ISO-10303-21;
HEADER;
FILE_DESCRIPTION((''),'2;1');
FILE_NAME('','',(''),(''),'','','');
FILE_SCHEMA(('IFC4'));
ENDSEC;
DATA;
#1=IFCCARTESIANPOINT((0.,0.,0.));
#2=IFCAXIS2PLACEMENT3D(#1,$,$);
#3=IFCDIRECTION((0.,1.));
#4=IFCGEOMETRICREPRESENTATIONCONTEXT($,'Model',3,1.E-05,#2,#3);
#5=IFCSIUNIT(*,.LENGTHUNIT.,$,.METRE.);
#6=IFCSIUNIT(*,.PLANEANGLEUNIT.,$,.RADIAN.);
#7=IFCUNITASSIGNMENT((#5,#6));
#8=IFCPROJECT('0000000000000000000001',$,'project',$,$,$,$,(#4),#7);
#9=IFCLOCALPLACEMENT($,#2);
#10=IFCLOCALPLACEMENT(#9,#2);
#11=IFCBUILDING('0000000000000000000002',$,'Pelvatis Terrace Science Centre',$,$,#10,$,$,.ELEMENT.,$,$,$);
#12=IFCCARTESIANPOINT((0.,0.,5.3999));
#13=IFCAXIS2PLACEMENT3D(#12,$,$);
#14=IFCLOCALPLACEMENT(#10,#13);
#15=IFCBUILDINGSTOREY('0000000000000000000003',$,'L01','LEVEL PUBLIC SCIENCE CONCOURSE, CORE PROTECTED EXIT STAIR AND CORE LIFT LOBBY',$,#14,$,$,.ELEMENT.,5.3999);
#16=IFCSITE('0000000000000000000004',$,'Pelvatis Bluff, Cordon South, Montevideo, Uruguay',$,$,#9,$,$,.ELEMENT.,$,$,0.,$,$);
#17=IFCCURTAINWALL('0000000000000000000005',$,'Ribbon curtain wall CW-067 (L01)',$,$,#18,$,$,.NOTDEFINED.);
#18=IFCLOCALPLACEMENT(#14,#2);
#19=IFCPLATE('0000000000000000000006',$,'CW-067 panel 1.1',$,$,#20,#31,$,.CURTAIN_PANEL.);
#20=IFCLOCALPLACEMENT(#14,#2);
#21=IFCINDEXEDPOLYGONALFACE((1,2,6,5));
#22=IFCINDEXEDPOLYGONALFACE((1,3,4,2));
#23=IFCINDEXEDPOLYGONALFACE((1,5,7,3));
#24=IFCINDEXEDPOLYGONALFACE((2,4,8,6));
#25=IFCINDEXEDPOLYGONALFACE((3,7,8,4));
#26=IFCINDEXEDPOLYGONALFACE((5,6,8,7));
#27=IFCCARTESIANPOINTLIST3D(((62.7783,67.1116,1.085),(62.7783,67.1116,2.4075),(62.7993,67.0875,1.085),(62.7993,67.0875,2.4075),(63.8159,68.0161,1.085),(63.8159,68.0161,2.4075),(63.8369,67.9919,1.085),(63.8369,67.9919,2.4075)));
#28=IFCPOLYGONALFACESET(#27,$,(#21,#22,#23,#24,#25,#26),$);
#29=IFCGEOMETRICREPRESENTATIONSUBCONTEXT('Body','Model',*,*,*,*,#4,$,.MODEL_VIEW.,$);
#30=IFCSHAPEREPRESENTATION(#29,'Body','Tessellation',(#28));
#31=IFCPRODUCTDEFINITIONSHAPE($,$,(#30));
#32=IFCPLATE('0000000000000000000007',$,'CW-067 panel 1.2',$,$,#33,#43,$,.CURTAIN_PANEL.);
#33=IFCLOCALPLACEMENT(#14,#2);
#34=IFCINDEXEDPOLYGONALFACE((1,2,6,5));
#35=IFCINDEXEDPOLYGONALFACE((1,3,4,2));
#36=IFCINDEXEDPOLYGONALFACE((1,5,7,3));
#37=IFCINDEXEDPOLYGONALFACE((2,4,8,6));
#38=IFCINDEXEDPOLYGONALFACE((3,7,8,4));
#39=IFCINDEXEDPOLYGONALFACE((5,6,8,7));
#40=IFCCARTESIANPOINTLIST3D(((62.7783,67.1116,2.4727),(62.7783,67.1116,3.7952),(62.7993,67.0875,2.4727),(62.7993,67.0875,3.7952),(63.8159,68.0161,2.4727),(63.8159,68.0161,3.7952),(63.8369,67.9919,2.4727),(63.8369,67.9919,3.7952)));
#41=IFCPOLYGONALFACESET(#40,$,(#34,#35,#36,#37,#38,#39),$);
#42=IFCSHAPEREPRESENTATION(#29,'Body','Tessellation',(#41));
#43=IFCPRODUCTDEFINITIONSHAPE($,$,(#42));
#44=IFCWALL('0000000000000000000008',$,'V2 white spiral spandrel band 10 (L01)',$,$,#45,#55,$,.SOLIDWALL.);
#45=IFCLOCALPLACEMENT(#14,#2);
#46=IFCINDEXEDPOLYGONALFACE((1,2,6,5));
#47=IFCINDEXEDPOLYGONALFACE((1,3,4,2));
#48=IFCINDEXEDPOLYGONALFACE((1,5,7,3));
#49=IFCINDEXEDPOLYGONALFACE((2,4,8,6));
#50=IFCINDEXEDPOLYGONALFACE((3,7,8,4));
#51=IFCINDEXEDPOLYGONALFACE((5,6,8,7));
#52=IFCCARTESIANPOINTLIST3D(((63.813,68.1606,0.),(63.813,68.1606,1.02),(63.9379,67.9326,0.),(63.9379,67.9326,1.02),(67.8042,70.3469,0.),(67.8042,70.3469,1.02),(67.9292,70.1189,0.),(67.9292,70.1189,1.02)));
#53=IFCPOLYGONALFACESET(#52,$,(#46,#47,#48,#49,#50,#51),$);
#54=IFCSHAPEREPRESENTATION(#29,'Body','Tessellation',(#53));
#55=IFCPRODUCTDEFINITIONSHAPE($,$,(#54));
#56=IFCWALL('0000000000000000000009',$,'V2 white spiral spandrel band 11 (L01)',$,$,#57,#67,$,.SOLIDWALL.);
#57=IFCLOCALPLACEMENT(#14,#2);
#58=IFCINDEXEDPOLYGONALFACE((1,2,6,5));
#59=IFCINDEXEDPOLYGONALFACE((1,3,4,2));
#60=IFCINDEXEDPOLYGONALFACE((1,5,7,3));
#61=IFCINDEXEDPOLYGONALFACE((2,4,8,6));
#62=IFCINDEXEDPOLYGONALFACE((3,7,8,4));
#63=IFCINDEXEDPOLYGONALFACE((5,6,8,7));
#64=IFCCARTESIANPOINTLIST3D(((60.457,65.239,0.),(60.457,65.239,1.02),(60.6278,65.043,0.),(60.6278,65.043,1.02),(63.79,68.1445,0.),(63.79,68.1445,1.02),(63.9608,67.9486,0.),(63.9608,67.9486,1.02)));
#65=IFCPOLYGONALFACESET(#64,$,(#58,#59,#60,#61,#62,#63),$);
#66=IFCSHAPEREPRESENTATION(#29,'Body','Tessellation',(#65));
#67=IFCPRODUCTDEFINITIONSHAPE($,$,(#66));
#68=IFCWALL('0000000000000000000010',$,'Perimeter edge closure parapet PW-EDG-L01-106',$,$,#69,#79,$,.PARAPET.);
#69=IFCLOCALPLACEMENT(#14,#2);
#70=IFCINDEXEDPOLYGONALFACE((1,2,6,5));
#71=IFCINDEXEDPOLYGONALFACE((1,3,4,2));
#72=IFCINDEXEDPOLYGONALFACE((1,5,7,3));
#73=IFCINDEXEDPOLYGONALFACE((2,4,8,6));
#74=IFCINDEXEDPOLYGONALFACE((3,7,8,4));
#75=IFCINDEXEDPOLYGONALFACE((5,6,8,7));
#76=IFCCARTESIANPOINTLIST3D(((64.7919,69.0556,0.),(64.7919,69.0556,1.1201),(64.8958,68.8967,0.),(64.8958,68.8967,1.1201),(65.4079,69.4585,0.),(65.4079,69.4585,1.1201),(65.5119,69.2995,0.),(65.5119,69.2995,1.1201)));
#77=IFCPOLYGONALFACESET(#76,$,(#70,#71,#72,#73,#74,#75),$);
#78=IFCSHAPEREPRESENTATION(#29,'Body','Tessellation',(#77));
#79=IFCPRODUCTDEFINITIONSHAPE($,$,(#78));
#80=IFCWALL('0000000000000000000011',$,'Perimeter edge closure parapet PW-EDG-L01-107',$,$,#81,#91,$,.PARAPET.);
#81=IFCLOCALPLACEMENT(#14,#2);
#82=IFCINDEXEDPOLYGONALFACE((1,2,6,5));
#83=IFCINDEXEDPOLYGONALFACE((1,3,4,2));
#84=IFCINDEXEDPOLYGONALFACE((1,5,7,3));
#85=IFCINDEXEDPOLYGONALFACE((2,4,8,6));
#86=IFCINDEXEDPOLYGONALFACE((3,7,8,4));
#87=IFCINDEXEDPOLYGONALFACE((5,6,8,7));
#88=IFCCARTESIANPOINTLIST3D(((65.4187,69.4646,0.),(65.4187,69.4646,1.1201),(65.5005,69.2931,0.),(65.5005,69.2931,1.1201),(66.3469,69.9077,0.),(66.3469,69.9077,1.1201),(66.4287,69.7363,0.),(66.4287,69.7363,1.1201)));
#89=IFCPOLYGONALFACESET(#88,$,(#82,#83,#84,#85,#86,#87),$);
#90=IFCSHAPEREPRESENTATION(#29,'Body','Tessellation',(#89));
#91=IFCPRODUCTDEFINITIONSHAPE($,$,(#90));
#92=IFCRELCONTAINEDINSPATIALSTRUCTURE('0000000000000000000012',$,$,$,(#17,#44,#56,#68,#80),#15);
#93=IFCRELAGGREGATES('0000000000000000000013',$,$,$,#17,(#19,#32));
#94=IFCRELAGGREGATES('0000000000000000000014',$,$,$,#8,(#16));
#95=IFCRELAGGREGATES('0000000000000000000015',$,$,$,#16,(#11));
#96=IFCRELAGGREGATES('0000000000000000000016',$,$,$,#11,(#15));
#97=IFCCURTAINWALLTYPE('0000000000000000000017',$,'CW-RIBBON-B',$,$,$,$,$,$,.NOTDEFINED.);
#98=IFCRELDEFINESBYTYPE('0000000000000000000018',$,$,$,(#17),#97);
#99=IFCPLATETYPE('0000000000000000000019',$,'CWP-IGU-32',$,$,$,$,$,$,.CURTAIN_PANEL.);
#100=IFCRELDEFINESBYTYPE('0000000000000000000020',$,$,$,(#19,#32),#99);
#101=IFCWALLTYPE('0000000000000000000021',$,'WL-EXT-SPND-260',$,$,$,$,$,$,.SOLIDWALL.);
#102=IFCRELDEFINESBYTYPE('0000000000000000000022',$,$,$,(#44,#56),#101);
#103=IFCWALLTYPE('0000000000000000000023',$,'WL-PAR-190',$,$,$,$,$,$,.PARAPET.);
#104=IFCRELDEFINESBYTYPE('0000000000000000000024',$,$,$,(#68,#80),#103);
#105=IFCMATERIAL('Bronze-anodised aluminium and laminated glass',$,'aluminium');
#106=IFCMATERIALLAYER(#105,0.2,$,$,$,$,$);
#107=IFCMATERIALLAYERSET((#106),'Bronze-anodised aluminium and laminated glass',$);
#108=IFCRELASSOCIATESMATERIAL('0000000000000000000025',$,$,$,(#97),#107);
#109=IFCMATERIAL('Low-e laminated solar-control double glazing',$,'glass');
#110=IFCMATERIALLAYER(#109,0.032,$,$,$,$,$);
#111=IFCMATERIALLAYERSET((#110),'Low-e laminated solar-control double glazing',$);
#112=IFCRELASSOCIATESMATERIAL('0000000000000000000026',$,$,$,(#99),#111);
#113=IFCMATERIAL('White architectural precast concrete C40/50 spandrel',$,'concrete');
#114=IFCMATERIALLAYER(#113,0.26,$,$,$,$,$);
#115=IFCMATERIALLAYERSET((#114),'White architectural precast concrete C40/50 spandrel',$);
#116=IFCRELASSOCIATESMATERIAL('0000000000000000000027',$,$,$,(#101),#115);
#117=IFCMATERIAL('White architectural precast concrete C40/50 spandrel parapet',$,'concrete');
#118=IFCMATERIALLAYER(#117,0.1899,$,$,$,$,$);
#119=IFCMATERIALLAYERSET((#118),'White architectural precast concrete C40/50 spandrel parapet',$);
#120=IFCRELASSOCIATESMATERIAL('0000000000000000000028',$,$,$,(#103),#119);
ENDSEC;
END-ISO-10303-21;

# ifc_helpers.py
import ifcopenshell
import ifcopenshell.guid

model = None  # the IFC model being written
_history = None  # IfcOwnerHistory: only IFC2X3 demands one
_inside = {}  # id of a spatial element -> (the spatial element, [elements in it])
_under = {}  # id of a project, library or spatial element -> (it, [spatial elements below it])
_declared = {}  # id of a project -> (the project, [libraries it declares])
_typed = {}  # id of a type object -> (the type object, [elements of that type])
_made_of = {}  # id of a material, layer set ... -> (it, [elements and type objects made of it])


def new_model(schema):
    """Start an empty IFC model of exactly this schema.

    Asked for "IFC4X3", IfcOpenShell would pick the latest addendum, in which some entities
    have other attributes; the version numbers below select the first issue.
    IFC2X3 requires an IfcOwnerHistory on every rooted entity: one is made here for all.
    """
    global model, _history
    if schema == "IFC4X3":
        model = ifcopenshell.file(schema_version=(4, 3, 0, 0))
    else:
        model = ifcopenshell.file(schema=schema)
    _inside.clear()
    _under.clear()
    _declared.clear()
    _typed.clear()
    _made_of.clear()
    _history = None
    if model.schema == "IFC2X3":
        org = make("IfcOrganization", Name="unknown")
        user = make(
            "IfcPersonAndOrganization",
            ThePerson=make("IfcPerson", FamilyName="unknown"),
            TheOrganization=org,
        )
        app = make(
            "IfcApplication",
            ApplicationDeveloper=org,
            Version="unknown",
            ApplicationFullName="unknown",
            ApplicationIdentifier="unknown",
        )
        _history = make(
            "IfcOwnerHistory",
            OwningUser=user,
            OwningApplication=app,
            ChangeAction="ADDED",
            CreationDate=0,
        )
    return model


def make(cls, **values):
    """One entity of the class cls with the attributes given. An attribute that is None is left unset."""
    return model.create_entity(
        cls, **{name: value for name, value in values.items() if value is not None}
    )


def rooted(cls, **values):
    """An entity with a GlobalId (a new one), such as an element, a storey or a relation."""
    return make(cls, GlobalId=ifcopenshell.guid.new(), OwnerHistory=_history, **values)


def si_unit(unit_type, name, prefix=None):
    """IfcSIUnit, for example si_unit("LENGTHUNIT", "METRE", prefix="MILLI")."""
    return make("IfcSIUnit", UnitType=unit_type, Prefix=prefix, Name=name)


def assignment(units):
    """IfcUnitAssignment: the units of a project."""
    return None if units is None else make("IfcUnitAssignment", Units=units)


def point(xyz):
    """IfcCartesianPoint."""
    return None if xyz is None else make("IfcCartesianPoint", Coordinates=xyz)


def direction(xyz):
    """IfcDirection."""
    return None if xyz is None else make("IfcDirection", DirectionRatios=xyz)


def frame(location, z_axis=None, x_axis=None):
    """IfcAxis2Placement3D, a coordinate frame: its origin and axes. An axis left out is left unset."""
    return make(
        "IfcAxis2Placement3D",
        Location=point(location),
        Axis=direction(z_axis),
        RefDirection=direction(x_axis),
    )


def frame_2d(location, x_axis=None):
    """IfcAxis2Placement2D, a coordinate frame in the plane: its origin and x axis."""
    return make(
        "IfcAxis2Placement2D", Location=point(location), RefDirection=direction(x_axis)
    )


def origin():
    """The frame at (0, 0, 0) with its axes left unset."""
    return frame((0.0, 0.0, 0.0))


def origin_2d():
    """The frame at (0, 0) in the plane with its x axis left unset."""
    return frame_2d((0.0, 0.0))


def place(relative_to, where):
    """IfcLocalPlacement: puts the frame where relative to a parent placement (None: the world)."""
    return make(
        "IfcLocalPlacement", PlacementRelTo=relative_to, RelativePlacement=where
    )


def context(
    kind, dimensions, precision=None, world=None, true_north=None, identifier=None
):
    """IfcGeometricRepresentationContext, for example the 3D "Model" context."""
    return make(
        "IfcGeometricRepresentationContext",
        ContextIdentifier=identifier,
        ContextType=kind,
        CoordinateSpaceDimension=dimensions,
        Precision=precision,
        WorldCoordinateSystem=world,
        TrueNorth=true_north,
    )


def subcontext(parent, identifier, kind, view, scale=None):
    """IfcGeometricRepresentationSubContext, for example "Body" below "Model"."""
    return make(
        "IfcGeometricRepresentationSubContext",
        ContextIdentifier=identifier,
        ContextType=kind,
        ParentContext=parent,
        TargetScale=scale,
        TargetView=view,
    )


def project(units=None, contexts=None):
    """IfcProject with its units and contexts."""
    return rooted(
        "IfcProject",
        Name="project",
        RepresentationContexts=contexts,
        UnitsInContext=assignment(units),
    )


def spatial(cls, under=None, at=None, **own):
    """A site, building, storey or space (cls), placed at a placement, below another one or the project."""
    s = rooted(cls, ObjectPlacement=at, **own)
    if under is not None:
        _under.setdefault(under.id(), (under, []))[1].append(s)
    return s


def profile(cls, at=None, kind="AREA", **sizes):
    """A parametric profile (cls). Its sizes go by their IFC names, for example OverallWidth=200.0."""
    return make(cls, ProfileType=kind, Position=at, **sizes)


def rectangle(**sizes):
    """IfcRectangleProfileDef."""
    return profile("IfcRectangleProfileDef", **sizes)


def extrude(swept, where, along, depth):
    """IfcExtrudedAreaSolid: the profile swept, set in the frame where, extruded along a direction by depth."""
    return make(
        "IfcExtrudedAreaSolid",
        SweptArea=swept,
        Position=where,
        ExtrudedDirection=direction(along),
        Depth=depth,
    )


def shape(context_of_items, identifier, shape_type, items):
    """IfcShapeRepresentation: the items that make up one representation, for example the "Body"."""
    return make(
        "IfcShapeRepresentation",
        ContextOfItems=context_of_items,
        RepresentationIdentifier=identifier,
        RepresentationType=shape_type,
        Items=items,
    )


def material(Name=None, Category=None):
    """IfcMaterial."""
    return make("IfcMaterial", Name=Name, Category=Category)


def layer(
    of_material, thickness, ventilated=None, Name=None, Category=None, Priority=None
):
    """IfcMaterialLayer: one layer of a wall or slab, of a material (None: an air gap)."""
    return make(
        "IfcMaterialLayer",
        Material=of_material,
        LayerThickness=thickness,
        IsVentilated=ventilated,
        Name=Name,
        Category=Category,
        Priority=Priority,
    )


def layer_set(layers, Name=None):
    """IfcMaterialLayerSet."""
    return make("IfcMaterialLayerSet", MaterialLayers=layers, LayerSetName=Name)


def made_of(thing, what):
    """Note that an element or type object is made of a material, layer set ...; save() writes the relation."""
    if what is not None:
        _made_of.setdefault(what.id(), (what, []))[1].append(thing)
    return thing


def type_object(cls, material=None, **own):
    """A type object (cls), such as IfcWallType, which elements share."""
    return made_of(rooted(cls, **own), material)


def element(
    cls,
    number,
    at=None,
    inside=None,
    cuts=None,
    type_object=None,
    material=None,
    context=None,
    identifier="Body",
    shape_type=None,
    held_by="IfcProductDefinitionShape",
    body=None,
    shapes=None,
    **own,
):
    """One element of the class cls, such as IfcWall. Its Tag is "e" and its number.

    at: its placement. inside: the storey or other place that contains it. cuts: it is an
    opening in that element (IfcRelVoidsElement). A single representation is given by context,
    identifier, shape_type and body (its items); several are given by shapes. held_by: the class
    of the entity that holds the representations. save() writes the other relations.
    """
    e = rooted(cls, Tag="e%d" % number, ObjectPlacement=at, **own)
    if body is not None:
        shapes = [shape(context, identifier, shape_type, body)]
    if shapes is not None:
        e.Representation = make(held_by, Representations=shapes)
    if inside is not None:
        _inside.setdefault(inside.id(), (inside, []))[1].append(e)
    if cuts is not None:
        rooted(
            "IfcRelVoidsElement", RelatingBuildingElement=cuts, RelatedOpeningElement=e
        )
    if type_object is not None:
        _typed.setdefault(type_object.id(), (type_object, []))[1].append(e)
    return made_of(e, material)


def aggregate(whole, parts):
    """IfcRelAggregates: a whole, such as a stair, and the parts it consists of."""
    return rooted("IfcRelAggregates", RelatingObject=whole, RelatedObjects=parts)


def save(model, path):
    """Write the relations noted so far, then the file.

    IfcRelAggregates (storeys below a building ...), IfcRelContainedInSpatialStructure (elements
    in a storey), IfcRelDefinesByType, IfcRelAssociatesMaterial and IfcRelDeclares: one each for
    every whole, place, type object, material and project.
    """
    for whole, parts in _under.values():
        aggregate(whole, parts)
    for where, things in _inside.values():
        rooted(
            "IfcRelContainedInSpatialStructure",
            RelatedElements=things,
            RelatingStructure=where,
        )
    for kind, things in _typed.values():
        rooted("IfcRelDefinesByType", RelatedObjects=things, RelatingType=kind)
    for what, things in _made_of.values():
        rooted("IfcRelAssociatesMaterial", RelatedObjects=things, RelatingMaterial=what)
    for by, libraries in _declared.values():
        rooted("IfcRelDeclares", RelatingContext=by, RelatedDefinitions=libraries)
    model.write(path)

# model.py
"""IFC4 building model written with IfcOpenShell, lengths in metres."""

from ifc_helpers import new_model, si_unit, direction, frame, frame_2d, origin, origin_2d, place, context, subcontext, project, spatial, rectangle, extrude, material, layer, layer_set, type_object, element, aggregate, save


model = new_model("IFC4")

# Units and contexts
model_context = context("Model", 3, precision=1e-05, world=origin(), true_north=direction((0.0, 1.0)))
body_context = subcontext(model_context, "Body", "Model", "MODEL_VIEW")
ifc_project = project(units=[si_unit("LENGTHUNIT", "METRE"), si_unit("PLANEANGLEUNIT", "RADIAN")], contexts=[model_context])

# Site, building, storey
site_placement = place(None, origin())
site = spatial("IfcSite", under=ifc_project, at=site_placement, Name="Pelvatis Bluff, Cordon South, Montevideo, Uruguay", CompositionType="ELEMENT", RefElevation=0.0)
building_placement = place(site_placement, origin())
building = spatial("IfcBuilding", under=site, at=building_placement, Name="Pelvatis Terrace Science Centre", CompositionType="ELEMENT")
storey_placement = place(building_placement, frame((0.0, 0.0, 5.3999)))
storey = spatial("IfcBuildingStorey", under=building, at=storey_placement, Name="L01", Description="LEVEL PUBLIC SCIENCE CONCOURSE, CORE PROTECTED EXIT STAIR AND CORE LIFT LOBBY", CompositionType="ELEMENT", Elevation=5.3999)

# Shared definitions
ifc_material_1 = material(Name="Bronze-anodised aluminium and laminated glass", Category="aluminium")
ifc_layer_1 = layer(ifc_material_1, 0.2)
ifc_layer_set_1 = layer_set([ifc_layer_1], Name="Bronze-anodised aluminium and laminated glass")
curtain_wall_type = type_object("IfcCurtainWallType", Name="CW-RIBBON-B", PredefinedType="NOTDEFINED", material=ifc_layer_set_1)

# Curtain wall
curtain_wall_1_placement = place(storey_placement, origin())
curtain_wall_1 = element("IfcCurtainWall", 1, at=curtain_wall_1_placement, inside=storey, type_object=curtain_wall_type, Name="Ribbon curtain wall CW-067 (L01)", PredefinedType="NOTDEFINED")

# Plates
ifc_material_2 = material(Name="Low-e laminated solar-control double glazing", Category="glass")
ifc_layer_2 = layer(ifc_material_2, 0.032)
ifc_layer_set_2 = layer_set([ifc_layer_2], Name="Low-e laminated solar-control double glazing")
plate_type = type_object("IfcPlateType", Name="CWP-IGU-32", PredefinedType="CURTAIN_PANEL", material=ifc_layer_set_2)
plate_1_placement = place(storey_placement, frame((63.3076, 67.5518, 1.085), z_axis=(0.0, 0.0, 1.0), x_axis=(-0.753793, -0.657112, 0.0)))
plate_1 = element("IfcPlate", 2, at=plate_1_placement, type_object=plate_type, Name="CW-067 panel 1.1", PredefinedType="CURTAIN_PANEL", context=body_context, shape_type="SweptSolid", body=[
    extrude(rectangle(XDim=1.3765, YDim=0.032, at=origin_2d()), origin(), (0.0, 0.0, 1.0), 1.3225),
])
plate_2_placement = place(storey_placement, frame((63.3076, 67.5518, 2.4727), z_axis=(0.0, 0.0, 1.0), x_axis=(-0.753793, -0.657112, 0.0)))
plate_2 = element("IfcPlate", 3, at=plate_2_placement, type_object=plate_type, Name="CW-067 panel 1.2", PredefinedType="CURTAIN_PANEL", context=body_context, shape_type="SweptSolid", body=[
    extrude(rectangle(XDim=1.3765, YDim=0.032, at=origin_2d()), origin(), (0.0, 0.0, 1.0), 1.3225),
])
aggregate(curtain_wall_1, [plate_1, plate_2])

# Walls
ifc_material_3 = material(Name="White architectural precast concrete C40/50 spandrel", Category="concrete")
ifc_layer_3 = layer(ifc_material_3, 0.26)
ifc_layer_set_3 = layer_set([ifc_layer_3], Name="White architectural precast concrete C40/50 spandrel")
wall_type_1 = type_object("IfcWallType", Name="WL-EXT-SPND-260", PredefinedType="SOLIDWALL", material=ifc_layer_set_3)
wall_1_placement = place(storey_placement, frame((67.8667, 70.2329, 0.0), z_axis=(0.0, 0.0, 1.0), x_axis=(-0.877039, -0.480419, 0.0)))
element("IfcWall", 4, at=wall_1_placement, inside=storey, type_object=wall_type_1, Name="V2 white spiral spandrel band 10 (L01)", PredefinedType="SOLIDWALL", context=body_context, shape_type="SweptSolid", body=[
    extrude(rectangle(XDim=4.5508, YDim=0.26, at=frame_2d((2.2754, 0.0))), origin(), (0.0, 0.0, 1.0), 1.02),
])
wall_2_placement = place(storey_placement, frame((63.8755, 68.0466, 0.0), z_axis=(0.0, 0.0, 1.0), x_axis=(-0.753793, -0.657112, 0.0)))
element("IfcWall", 5, at=wall_2_placement, inside=storey, type_object=wall_type_1, Name="V2 white spiral spandrel band 11 (L01)", PredefinedType="SOLIDWALL", context=body_context, shape_type="SweptSolid", body=[
    extrude(rectangle(XDim=4.4216, YDim=0.26, at=frame_2d((2.2109, 0.0))), origin(), (0.0, 0.0, 1.0), 1.02),
])
ifc_material_4 = material(Name="White architectural precast concrete C40/50 spandrel parapet", Category="concrete")
ifc_layer_4 = layer(ifc_material_4, 0.1899)
ifc_layer_set_4 = layer_set([ifc_layer_4], Name="White architectural precast concrete C40/50 spandrel parapet")
wall_type_2 = type_object("IfcWallType", Name="WL-PAR-190", PredefinedType="PARAPET", material=ifc_layer_set_4)
wall_3_placement = place(storey_placement, frame((64.8438, 68.9761, 0.0), z_axis=(0.0, 0.0, 1.0), x_axis=(0.836917, 0.54733, 0.0)))
element("IfcWall", 6, at=wall_3_placement, inside=storey, type_object=wall_type_2, Name="Perimeter edge closure parapet PW-EDG-L01-106", PredefinedType="PARAPET", context=body_context, shape_type="SweptSolid", body=[
    extrude(rectangle(XDim=0.7361, YDim=0.1899, at=frame_2d((0.3682, 0.0))), origin(), (0.0, 0.0, 1.0), 1.1201),
])
wall_4_placement = place(storey_placement, frame((65.4597, 69.3789, 0.0), z_axis=(0.0, 0.0, 1.0), x_axis=(0.902443, 0.430809, 0.0)))
element("IfcWall", 7, at=wall_4_placement, inside=storey, type_object=wall_type_2, Name="Perimeter edge closure parapet PW-EDG-L01-107", PredefinedType="PARAPET", context=body_context, shape_type="SweptSolid", body=[
    extrude(rectangle(XDim=1.0286, YDim=0.1899, at=frame_2d((0.5142, 0.0))), origin(), (0.0, 0.0, 1.0), 1.1201),
])

save(model, "model.ifc")
